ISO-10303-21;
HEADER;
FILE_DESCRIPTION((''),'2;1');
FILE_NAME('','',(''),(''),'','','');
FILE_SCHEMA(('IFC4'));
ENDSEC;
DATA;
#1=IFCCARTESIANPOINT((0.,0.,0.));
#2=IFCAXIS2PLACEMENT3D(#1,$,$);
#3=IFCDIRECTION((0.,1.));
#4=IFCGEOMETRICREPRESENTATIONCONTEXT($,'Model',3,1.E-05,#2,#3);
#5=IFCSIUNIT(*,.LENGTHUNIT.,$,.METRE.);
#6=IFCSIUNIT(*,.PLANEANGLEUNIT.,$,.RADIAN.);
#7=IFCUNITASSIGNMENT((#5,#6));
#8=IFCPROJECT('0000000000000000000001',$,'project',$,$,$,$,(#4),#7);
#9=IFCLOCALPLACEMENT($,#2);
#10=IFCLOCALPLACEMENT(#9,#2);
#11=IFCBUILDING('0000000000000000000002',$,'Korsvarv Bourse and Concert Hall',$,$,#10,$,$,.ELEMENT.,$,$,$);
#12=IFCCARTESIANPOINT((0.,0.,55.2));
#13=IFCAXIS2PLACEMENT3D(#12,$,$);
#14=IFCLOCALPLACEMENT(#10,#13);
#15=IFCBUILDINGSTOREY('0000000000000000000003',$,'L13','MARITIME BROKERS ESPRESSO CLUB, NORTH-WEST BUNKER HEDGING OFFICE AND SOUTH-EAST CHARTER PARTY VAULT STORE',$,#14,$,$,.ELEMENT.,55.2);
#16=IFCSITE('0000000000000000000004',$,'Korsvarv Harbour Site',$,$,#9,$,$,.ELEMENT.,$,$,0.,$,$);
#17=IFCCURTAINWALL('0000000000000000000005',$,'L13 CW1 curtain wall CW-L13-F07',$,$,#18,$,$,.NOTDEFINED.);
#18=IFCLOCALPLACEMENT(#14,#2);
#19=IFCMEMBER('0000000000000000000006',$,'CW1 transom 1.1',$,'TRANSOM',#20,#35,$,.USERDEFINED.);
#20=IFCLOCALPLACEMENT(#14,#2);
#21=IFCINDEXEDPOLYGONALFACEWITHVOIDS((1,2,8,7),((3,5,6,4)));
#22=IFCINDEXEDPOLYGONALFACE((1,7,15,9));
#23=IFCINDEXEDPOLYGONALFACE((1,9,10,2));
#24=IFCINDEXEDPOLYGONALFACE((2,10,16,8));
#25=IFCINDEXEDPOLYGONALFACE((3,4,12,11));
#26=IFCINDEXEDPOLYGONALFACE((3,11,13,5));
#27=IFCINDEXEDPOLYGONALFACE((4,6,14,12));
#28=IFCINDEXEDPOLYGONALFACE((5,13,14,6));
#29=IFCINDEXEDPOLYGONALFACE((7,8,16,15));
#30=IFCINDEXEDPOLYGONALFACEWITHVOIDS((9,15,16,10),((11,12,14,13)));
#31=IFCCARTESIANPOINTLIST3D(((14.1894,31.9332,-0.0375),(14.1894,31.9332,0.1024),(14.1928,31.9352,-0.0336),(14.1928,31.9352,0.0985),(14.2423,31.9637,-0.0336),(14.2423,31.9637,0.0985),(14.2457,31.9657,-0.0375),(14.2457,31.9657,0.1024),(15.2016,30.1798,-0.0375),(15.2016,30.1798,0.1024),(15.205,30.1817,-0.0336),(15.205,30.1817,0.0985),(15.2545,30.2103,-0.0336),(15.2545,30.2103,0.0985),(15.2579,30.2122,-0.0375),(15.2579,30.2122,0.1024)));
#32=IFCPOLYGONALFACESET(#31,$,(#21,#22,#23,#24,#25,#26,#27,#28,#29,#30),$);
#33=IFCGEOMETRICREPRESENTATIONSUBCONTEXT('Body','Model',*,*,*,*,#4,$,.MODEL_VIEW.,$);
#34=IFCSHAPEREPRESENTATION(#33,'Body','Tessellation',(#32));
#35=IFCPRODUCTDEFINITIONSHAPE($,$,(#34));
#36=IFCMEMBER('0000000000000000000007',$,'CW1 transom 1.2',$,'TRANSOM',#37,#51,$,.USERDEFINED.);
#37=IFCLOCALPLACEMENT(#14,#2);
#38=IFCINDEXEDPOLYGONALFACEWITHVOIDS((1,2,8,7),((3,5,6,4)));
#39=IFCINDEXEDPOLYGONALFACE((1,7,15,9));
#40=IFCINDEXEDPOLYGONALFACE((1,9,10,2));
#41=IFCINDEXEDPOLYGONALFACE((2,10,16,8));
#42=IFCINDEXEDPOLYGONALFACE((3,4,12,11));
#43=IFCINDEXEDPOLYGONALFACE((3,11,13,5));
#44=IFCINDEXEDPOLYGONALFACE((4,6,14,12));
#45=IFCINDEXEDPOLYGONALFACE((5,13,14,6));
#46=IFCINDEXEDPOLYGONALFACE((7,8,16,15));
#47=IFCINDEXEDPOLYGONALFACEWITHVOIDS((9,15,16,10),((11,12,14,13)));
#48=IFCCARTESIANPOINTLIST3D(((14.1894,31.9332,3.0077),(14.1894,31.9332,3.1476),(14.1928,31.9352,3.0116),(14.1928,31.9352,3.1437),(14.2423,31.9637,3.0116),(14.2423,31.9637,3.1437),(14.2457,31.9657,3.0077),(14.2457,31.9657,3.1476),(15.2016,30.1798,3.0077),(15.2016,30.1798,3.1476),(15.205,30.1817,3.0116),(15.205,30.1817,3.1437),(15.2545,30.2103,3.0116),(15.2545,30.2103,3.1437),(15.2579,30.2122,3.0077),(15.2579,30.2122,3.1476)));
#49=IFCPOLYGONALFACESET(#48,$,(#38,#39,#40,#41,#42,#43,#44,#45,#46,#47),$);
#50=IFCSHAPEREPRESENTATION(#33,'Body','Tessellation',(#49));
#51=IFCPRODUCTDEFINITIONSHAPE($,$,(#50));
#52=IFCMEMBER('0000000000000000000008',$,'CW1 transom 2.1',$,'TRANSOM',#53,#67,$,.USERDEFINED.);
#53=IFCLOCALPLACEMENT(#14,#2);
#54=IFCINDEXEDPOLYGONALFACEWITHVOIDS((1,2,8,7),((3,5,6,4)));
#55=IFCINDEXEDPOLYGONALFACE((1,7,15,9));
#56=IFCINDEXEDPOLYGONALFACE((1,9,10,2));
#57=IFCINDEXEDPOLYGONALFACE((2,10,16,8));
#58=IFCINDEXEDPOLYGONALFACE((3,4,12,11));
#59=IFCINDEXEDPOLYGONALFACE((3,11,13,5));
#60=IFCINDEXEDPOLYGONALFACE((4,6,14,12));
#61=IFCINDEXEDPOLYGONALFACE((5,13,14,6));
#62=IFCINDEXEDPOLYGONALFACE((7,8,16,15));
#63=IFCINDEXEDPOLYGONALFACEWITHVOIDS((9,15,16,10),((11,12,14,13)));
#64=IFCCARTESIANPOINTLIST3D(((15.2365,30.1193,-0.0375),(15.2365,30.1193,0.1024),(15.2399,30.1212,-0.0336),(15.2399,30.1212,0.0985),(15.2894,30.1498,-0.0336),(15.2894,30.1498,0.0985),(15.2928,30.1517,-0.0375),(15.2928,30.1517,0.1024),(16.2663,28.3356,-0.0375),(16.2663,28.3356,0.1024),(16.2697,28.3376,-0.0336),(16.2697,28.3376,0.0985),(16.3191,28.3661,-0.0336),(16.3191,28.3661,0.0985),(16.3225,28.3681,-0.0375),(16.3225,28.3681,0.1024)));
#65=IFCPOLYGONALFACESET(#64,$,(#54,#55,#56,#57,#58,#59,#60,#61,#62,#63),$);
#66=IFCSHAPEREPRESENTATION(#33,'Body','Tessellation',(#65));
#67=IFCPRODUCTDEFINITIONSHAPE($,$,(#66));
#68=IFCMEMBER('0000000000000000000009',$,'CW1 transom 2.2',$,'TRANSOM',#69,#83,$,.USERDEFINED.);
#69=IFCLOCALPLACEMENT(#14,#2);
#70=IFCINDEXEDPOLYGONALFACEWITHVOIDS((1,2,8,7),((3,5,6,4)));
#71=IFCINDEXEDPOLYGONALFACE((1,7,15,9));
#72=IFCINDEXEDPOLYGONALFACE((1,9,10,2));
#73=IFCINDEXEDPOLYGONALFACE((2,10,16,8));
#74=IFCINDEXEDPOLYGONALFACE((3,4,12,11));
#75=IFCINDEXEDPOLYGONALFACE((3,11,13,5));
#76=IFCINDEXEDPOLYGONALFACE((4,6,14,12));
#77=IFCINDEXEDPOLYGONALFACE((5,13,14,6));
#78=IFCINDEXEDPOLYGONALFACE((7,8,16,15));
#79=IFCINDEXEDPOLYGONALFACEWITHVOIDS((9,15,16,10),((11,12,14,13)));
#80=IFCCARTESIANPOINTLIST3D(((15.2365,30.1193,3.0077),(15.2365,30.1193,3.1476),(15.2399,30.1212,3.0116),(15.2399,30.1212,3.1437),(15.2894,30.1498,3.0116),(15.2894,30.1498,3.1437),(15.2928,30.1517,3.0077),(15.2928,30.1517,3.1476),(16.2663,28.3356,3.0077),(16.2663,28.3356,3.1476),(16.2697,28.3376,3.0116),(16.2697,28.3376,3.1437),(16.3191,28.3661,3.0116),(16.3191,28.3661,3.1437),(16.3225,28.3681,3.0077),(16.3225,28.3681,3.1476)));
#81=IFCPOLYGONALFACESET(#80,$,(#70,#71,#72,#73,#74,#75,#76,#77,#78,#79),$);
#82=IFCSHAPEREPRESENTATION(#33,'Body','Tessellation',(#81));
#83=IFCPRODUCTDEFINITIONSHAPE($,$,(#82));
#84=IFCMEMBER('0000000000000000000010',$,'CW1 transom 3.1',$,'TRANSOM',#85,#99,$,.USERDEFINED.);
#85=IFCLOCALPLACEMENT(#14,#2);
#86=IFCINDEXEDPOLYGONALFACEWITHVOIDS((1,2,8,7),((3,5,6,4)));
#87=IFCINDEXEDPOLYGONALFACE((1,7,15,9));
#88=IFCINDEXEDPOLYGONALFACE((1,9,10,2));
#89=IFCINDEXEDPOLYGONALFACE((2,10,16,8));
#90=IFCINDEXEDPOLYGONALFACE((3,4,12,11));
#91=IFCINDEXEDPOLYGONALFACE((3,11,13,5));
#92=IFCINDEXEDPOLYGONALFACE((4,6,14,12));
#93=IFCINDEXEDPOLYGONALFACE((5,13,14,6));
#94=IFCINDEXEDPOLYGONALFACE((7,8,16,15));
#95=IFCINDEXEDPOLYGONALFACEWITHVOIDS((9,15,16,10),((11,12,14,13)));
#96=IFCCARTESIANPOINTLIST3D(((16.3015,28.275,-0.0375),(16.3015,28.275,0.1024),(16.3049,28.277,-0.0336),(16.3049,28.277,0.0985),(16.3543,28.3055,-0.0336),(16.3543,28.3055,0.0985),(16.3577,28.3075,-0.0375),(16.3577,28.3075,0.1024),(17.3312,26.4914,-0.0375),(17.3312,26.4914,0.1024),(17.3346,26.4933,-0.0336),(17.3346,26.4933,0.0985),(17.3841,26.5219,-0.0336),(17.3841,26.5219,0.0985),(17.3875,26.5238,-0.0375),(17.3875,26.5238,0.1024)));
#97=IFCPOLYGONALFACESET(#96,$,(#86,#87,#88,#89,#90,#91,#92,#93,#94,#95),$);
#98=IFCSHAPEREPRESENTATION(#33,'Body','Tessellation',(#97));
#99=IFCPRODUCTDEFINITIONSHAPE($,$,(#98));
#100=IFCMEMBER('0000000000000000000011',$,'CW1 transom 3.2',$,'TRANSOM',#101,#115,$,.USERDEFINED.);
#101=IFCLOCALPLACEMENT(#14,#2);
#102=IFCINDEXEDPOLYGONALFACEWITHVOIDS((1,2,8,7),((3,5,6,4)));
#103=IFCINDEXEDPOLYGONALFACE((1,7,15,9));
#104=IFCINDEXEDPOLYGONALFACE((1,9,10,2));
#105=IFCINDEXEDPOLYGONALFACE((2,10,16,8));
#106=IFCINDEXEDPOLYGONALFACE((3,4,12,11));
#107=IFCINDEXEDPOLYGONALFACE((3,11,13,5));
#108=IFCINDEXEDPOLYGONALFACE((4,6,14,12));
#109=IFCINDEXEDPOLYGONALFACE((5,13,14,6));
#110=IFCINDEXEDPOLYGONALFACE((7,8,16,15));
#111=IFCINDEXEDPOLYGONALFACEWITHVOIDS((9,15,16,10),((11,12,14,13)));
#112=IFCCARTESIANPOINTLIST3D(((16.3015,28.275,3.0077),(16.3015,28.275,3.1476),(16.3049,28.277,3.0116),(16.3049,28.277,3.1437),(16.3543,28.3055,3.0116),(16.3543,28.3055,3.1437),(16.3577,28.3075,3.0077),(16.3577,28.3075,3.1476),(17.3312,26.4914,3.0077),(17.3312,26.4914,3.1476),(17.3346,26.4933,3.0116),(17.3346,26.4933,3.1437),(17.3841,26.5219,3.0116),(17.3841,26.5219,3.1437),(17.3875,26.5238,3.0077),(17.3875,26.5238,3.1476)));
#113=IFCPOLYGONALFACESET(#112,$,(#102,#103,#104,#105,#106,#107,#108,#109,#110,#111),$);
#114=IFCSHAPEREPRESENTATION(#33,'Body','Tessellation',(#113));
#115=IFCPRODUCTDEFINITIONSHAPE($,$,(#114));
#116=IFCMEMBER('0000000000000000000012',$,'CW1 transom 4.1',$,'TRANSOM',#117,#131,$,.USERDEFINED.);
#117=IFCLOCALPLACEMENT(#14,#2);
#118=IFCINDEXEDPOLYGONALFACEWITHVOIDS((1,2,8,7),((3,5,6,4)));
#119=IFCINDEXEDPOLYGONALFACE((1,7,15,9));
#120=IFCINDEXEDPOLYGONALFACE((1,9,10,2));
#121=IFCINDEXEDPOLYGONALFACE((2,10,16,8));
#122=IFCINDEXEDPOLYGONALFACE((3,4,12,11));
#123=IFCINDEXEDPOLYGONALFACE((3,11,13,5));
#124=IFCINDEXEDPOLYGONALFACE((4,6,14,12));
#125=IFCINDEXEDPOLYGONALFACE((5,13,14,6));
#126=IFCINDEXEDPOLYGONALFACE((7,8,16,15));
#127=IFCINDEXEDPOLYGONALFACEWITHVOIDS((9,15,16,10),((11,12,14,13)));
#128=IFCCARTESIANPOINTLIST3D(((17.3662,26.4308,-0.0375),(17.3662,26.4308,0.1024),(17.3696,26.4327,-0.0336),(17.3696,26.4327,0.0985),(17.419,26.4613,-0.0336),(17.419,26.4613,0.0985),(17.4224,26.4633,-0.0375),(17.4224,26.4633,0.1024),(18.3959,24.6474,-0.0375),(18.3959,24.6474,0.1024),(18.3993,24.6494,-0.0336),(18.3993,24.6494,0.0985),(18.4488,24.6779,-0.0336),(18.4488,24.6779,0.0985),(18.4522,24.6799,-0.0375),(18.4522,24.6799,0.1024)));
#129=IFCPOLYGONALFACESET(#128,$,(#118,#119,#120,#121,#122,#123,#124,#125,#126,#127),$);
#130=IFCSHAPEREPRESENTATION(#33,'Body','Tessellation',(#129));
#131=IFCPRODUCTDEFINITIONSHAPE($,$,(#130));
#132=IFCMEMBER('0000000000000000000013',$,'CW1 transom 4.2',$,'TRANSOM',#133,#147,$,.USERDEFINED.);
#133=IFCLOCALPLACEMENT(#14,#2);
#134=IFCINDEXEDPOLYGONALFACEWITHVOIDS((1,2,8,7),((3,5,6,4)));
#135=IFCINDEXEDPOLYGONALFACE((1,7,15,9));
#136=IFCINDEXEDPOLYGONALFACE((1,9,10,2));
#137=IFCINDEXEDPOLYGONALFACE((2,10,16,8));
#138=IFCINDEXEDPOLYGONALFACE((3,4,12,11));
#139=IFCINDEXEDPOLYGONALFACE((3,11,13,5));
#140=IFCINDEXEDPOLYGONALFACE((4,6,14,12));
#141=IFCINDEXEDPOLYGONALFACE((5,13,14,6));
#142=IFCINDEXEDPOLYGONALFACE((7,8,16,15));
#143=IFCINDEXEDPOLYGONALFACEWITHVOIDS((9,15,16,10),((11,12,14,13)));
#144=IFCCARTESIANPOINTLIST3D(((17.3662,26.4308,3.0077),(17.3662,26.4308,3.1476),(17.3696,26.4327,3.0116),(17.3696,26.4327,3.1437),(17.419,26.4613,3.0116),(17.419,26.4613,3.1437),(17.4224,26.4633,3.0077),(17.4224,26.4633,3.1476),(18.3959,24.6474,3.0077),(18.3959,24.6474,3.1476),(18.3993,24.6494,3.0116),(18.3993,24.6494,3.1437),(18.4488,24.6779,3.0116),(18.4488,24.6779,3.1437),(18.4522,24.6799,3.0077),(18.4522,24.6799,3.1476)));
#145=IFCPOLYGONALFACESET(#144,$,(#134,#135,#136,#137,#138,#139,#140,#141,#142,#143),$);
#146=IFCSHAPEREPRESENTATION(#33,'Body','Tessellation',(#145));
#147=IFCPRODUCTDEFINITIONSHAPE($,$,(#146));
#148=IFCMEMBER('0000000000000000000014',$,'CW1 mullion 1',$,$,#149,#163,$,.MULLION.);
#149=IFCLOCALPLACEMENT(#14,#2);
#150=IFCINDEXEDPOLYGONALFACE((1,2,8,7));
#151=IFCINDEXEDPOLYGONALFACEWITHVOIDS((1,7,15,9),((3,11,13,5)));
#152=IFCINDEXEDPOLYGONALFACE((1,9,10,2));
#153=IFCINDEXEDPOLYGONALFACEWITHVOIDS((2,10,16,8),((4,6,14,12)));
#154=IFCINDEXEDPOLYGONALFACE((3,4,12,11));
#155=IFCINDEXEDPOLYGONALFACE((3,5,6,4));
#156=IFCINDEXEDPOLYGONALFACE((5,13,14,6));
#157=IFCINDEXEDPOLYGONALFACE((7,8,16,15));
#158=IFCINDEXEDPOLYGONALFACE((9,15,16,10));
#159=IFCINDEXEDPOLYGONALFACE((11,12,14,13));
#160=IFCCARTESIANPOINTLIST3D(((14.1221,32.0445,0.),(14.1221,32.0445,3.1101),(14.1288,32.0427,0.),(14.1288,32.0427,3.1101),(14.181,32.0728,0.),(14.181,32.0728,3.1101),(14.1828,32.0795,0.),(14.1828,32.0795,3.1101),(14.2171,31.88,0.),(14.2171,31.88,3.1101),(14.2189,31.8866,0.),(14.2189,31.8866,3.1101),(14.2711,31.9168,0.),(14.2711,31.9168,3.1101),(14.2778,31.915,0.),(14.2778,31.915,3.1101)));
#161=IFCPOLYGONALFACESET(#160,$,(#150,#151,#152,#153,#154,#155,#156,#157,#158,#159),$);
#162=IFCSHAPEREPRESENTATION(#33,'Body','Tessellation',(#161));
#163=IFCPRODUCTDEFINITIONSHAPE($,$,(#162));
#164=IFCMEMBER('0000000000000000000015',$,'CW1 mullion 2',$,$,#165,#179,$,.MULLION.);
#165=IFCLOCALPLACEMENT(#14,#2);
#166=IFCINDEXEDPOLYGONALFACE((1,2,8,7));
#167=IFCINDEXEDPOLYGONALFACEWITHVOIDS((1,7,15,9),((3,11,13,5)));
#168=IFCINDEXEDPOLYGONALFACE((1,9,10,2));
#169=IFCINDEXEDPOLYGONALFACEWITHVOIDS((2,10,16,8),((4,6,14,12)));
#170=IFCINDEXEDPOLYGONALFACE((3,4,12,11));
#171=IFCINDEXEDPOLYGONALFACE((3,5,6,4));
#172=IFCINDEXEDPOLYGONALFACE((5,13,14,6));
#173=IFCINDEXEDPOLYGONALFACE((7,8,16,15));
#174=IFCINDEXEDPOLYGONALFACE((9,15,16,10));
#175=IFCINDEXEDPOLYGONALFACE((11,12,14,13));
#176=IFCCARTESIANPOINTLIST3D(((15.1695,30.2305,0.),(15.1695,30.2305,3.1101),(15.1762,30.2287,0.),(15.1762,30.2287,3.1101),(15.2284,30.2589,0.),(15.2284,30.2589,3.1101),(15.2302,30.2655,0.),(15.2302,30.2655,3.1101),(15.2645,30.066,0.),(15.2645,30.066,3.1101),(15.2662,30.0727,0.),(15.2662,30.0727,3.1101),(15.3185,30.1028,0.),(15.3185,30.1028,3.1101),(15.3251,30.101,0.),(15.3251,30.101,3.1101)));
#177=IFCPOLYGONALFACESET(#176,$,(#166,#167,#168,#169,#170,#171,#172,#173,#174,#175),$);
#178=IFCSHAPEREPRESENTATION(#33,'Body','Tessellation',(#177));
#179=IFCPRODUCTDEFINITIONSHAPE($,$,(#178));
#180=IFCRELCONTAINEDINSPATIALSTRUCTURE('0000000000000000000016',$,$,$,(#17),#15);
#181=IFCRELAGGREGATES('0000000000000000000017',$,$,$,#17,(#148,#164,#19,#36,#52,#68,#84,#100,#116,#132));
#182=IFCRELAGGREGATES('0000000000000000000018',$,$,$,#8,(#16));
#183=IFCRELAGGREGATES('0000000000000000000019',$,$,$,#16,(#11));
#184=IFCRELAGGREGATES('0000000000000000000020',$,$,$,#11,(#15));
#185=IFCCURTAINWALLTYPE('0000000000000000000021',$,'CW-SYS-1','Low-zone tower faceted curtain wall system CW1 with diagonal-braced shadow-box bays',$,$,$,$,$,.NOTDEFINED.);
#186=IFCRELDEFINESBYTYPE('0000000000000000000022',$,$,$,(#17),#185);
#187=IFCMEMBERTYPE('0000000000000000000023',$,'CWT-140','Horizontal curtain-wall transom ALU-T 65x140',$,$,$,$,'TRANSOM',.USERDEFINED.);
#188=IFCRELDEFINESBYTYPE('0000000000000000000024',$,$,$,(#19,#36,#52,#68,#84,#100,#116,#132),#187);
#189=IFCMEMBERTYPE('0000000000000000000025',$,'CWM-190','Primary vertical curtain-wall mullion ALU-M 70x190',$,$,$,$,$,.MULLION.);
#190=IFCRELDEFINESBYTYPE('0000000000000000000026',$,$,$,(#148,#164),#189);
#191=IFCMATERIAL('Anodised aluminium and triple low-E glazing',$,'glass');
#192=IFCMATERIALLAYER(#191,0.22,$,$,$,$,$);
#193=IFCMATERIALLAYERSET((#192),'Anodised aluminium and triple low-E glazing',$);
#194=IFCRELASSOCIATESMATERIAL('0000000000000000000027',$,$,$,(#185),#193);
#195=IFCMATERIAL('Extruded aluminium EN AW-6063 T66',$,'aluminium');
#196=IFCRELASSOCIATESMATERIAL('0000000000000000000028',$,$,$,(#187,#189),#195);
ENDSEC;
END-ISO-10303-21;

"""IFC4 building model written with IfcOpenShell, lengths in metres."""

from ifc_helpers import new_model, si_unit, direction, frame, origin, origin_2d, place, context, subcontext, project, spatial, hollow_rectangle, extrude, source, transform, mapped, material, layer, layer_set, material_profile, profile_set, type_object, element, aggregate, save


model = new_model("IFC4")

# Units and contexts
model_context = context("Model", 3, precision=1e-05, world=origin(), true_north=direction((0.0, 1.0)))
body_context = subcontext(model_context, "Body", "Model", "MODEL_VIEW")
ifc_project = project(units=[si_unit("LENGTHUNIT", "METRE"), si_unit("PLANEANGLEUNIT", "RADIAN")], contexts=[model_context])

# Site, building, storey
site_placement = place(None, origin())
site = spatial("IfcSite", under=ifc_project, at=site_placement, Name="Korsvarv Harbour Site", CompositionType="ELEMENT", RefElevation=0.0)
building_placement = place(site_placement, origin())
building = spatial("IfcBuilding", under=site, at=building_placement, Name="Korsvarv Bourse and Concert Hall", CompositionType="ELEMENT")
storey_placement = place(building_placement, frame((0.0, 0.0, 55.2)))
storey = spatial("IfcBuildingStorey", under=building, at=storey_placement, Name="L13", Description="MARITIME BROKERS ESPRESSO CLUB, NORTH-WEST BUNKER HEDGING OFFICE AND SOUTH-EAST CHARTER PARTY VAULT STORE", CompositionType="ELEMENT", Elevation=55.2)

# Curtain wall, members
ifc_material_1 = material(Name="Anodised aluminium and triple low-E glazing", Category="glass")
ifc_layer_1 = layer(ifc_material_1, 0.22)
ifc_layer_set_1 = layer_set([ifc_layer_1], Name="Anodised aluminium and triple low-E glazing")
curtain_wall_type = type_object("IfcCurtainWallType", Name="CW-SYS-1", Description="Low-zone tower faceted curtain wall system CW1 with diagonal-braced shadow-box bays", PredefinedType="NOTDEFINED", material=ifc_layer_set_1)
curtain_wall_placement = place(storey_placement, origin())
curtain_wall = element("IfcCurtainWall", 1, at=curtain_wall_placement, inside=storey, type_object=curtain_wall_type, Name="L13 CW1 curtain wall CW-L13-F07", PredefinedType="NOTDEFINED")
ifc_material_2 = material(Name="Extruded aluminium EN AW-6063 T66", Category="aluminium")
ifc_material_profile_1 = material_profile(ifc_material_2, hollow_rectangle(XDim=0.0649, YDim=0.1399, WallThickness=0.0039, at=origin_2d()), Name="ALU-T 65x140")
ifc_profile_set_1 = profile_set([ifc_material_profile_1], Name="Extruded aluminium EN AW-6063 T66")
member_type_1 = type_object("IfcMemberType", Name="CWT-140", Description="Horizontal curtain-wall transom ALU-T 65x140", ElementType="TRANSOM", PredefinedType="USERDEFINED", material=ifc_profile_set_1)
shared_shape_1 = source(origin(), body_context, "Body", "SweptSolid", [
    extrude(hollow_rectangle(XDim=0.0649, YDim=0.1399, WallThickness=0.0039, at=origin_2d()), origin(), (0.0, 0.0, 1.0), 2.0247),
])
member_1_placement = place(storey_placement, frame((14.2175, 31.9495, 0.0325), z_axis=(0.499952, -0.866053, 0.0), x_axis=(0.866053, 0.499952, 0.0)))
member_1 = element("IfcMember", 2, at=member_1_placement, type_object=member_type_1, Name="CW1 transom 1.1", ObjectType="TRANSOM", PredefinedType="USERDEFINED", context=body_context, shape_type="MappedRepresentation", body=[
    mapped(shared_shape_1, transform((0.0, 0.0, 0.0), scale=1.0)),
])
member_2_placement = place(storey_placement, frame((14.2175, 31.9495, 3.0776), z_axis=(0.499952, -0.866053, 0.0), x_axis=(0.866053, 0.499952, 0.0)))
member_2 = element("IfcMember", 3, at=member_2_placement, type_object=member_type_1, Name="CW1 transom 1.2", ObjectType="TRANSOM", PredefinedType="USERDEFINED", context=body_context, shape_type="MappedRepresentation", body=[
    mapped(shared_shape_1, transform((0.0, 0.0, 0.0), scale=1.0)),
])
shared_shape_2 = source(origin(), body_context, "Body", "SweptSolid", [
    extrude(hollow_rectangle(XDim=0.0649, YDim=0.1399, WallThickness=0.0039, at=origin_2d()), origin(), (0.0, 0.0, 1.0), 2.0596),
])
member_3_placement = place(storey_placement, frame((15.2646, 30.1355, 0.0325), z_axis=(0.499989, -0.866032, 0.0), x_axis=(0.866032, 0.499989, 0.0)))
member_3 = element("IfcMember", 4, at=member_3_placement, type_object=member_type_1, Name="CW1 transom 2.1", ObjectType="TRANSOM", PredefinedType="USERDEFINED", context=body_context, shape_type="MappedRepresentation", body=[
    mapped(shared_shape_2, transform((0.0, 0.0, 0.0), scale=1.0)),
])
member_4_placement = place(storey_placement, frame((15.2646, 30.1355, 3.0776), z_axis=(0.499989, -0.866032, 0.0), x_axis=(0.866032, 0.499989, 0.0)))
member_4 = element("IfcMember", 5, at=member_4_placement, type_object=member_type_1, Name="CW1 transom 2.2", ObjectType="TRANSOM", PredefinedType="USERDEFINED", context=body_context, shape_type="MappedRepresentation", body=[
    mapped(shared_shape_2, transform((0.0, 0.0, 0.0), scale=1.0)),
])
member_5_placement = place(storey_placement, frame((16.3296, 28.2913, 0.0325), z_axis=(0.499989, -0.866032, 0.0), x_axis=(0.866032, 0.499989, 0.0)))
member_5 = element("IfcMember", 6, at=member_5_placement, type_object=member_type_1, Name="CW1 transom 3.1", ObjectType="TRANSOM", PredefinedType="USERDEFINED", context=body_context, shape_type="MappedRepresentation", body=[
    mapped(shared_shape_2, transform((0.0, 0.0, 0.0), scale=1.0)),
])
member_6_placement = place(storey_placement, frame((16.3296, 28.2913, 3.0776), z_axis=(0.499989, -0.866032, 0.0), x_axis=(0.866032, 0.499989, 0.0)))
member_6 = element("IfcMember", 7, at=member_6_placement, type_object=member_type_1, Name="CW1 transom 3.2", ObjectType="TRANSOM", PredefinedType="USERDEFINED", context=body_context, shape_type="MappedRepresentation", body=[
    mapped(shared_shape_2, transform((0.0, 0.0, 0.0), scale=1.0)),
])
shared_shape_3 = source(origin(), body_context, "Body", "SweptSolid", [
    extrude(hollow_rectangle(XDim=0.0649, YDim=0.1399, WallThickness=0.0039, at=origin_2d()), origin(), (0.0, 0.0, 1.0), 2.0593),
])
member_7_placement = place(storey_placement, frame((17.3943, 26.447, 0.0325), z_axis=(0.500041, -0.866002, 0.0), x_axis=(0.866002, 0.500041, 0.0)))
member_7 = element("IfcMember", 8, at=member_7_placement, type_object=member_type_1, Name="CW1 transom 4.1", ObjectType="TRANSOM", PredefinedType="USERDEFINED", context=body_context, shape_type="MappedRepresentation", body=[
    mapped(shared_shape_3, transform((0.0, 0.0, 0.0), scale=1.0)),
])
member_8_placement = place(storey_placement, frame((17.3943, 26.447, 3.0776), z_axis=(0.500041, -0.866002, 0.0), x_axis=(0.866002, 0.500041, 0.0)))
member_8 = element("IfcMember", 9, at=member_8_placement, type_object=member_type_1, Name="CW1 transom 4.2", ObjectType="TRANSOM", PredefinedType="USERDEFINED", context=body_context, shape_type="MappedRepresentation", body=[
    mapped(shared_shape_3, transform((0.0, 0.0, 0.0), scale=1.0)),
])
ifc_material_profile_2 = material_profile(ifc_material_2, hollow_rectangle(XDim=0.0701, YDim=0.1899, WallThickness=0.0049, at=origin_2d()), Name="ALU-M 70x190")
ifc_profile_set_2 = profile_set([ifc_material_profile_2], Name="Extruded aluminium EN AW-6063 T66")
member_type_2 = type_object("IfcMemberType", Name="CWM-190", Description="Primary vertical curtain-wall mullion ALU-M 70x190", PredefinedType="MULLION", material=ifc_profile_set_2)
shared_shape_4 = source(origin(), body_context, "Body", "SweptSolid", [
    extrude(hollow_rectangle(XDim=0.0701, YDim=0.1899, WallThickness=0.0049, at=origin_2d()), origin(), (0.0, 0.0, 1.0), 3.1101),
])
member_9_placement = place(storey_placement, frame((14.2, 31.9797, 0.0), z_axis=(0.0, 0.0, 1.0), x_axis=(0.866025, 0.5, 0.0)))
member_9 = element("IfcMember", 10, at=member_9_placement, type_object=member_type_2, Name="CW1 mullion 1", PredefinedType="MULLION", context=body_context, shape_type="MappedRepresentation", body=[
    mapped(shared_shape_4, transform((0.0, 0.0, 0.0), scale=1.0)),
])
member_10_placement = place(storey_placement, frame((15.2473, 30.1658, 0.0), z_axis=(0.0, 0.0, 1.0), x_axis=(0.866025, 0.5, 0.0)))
member_10 = element("IfcMember", 11, at=member_10_placement, type_object=member_type_2, Name="CW1 mullion 2", PredefinedType="MULLION", context=body_context, shape_type="MappedRepresentation", body=[
    mapped(shared_shape_4, transform((0.0, 0.0, 0.0), scale=1.0)),
])
aggregate(curtain_wall, [member_9, member_10, member_1, member_2, member_3, member_4, member_5, member_6, member_7, member_8])

save(model, "model.ifc")
